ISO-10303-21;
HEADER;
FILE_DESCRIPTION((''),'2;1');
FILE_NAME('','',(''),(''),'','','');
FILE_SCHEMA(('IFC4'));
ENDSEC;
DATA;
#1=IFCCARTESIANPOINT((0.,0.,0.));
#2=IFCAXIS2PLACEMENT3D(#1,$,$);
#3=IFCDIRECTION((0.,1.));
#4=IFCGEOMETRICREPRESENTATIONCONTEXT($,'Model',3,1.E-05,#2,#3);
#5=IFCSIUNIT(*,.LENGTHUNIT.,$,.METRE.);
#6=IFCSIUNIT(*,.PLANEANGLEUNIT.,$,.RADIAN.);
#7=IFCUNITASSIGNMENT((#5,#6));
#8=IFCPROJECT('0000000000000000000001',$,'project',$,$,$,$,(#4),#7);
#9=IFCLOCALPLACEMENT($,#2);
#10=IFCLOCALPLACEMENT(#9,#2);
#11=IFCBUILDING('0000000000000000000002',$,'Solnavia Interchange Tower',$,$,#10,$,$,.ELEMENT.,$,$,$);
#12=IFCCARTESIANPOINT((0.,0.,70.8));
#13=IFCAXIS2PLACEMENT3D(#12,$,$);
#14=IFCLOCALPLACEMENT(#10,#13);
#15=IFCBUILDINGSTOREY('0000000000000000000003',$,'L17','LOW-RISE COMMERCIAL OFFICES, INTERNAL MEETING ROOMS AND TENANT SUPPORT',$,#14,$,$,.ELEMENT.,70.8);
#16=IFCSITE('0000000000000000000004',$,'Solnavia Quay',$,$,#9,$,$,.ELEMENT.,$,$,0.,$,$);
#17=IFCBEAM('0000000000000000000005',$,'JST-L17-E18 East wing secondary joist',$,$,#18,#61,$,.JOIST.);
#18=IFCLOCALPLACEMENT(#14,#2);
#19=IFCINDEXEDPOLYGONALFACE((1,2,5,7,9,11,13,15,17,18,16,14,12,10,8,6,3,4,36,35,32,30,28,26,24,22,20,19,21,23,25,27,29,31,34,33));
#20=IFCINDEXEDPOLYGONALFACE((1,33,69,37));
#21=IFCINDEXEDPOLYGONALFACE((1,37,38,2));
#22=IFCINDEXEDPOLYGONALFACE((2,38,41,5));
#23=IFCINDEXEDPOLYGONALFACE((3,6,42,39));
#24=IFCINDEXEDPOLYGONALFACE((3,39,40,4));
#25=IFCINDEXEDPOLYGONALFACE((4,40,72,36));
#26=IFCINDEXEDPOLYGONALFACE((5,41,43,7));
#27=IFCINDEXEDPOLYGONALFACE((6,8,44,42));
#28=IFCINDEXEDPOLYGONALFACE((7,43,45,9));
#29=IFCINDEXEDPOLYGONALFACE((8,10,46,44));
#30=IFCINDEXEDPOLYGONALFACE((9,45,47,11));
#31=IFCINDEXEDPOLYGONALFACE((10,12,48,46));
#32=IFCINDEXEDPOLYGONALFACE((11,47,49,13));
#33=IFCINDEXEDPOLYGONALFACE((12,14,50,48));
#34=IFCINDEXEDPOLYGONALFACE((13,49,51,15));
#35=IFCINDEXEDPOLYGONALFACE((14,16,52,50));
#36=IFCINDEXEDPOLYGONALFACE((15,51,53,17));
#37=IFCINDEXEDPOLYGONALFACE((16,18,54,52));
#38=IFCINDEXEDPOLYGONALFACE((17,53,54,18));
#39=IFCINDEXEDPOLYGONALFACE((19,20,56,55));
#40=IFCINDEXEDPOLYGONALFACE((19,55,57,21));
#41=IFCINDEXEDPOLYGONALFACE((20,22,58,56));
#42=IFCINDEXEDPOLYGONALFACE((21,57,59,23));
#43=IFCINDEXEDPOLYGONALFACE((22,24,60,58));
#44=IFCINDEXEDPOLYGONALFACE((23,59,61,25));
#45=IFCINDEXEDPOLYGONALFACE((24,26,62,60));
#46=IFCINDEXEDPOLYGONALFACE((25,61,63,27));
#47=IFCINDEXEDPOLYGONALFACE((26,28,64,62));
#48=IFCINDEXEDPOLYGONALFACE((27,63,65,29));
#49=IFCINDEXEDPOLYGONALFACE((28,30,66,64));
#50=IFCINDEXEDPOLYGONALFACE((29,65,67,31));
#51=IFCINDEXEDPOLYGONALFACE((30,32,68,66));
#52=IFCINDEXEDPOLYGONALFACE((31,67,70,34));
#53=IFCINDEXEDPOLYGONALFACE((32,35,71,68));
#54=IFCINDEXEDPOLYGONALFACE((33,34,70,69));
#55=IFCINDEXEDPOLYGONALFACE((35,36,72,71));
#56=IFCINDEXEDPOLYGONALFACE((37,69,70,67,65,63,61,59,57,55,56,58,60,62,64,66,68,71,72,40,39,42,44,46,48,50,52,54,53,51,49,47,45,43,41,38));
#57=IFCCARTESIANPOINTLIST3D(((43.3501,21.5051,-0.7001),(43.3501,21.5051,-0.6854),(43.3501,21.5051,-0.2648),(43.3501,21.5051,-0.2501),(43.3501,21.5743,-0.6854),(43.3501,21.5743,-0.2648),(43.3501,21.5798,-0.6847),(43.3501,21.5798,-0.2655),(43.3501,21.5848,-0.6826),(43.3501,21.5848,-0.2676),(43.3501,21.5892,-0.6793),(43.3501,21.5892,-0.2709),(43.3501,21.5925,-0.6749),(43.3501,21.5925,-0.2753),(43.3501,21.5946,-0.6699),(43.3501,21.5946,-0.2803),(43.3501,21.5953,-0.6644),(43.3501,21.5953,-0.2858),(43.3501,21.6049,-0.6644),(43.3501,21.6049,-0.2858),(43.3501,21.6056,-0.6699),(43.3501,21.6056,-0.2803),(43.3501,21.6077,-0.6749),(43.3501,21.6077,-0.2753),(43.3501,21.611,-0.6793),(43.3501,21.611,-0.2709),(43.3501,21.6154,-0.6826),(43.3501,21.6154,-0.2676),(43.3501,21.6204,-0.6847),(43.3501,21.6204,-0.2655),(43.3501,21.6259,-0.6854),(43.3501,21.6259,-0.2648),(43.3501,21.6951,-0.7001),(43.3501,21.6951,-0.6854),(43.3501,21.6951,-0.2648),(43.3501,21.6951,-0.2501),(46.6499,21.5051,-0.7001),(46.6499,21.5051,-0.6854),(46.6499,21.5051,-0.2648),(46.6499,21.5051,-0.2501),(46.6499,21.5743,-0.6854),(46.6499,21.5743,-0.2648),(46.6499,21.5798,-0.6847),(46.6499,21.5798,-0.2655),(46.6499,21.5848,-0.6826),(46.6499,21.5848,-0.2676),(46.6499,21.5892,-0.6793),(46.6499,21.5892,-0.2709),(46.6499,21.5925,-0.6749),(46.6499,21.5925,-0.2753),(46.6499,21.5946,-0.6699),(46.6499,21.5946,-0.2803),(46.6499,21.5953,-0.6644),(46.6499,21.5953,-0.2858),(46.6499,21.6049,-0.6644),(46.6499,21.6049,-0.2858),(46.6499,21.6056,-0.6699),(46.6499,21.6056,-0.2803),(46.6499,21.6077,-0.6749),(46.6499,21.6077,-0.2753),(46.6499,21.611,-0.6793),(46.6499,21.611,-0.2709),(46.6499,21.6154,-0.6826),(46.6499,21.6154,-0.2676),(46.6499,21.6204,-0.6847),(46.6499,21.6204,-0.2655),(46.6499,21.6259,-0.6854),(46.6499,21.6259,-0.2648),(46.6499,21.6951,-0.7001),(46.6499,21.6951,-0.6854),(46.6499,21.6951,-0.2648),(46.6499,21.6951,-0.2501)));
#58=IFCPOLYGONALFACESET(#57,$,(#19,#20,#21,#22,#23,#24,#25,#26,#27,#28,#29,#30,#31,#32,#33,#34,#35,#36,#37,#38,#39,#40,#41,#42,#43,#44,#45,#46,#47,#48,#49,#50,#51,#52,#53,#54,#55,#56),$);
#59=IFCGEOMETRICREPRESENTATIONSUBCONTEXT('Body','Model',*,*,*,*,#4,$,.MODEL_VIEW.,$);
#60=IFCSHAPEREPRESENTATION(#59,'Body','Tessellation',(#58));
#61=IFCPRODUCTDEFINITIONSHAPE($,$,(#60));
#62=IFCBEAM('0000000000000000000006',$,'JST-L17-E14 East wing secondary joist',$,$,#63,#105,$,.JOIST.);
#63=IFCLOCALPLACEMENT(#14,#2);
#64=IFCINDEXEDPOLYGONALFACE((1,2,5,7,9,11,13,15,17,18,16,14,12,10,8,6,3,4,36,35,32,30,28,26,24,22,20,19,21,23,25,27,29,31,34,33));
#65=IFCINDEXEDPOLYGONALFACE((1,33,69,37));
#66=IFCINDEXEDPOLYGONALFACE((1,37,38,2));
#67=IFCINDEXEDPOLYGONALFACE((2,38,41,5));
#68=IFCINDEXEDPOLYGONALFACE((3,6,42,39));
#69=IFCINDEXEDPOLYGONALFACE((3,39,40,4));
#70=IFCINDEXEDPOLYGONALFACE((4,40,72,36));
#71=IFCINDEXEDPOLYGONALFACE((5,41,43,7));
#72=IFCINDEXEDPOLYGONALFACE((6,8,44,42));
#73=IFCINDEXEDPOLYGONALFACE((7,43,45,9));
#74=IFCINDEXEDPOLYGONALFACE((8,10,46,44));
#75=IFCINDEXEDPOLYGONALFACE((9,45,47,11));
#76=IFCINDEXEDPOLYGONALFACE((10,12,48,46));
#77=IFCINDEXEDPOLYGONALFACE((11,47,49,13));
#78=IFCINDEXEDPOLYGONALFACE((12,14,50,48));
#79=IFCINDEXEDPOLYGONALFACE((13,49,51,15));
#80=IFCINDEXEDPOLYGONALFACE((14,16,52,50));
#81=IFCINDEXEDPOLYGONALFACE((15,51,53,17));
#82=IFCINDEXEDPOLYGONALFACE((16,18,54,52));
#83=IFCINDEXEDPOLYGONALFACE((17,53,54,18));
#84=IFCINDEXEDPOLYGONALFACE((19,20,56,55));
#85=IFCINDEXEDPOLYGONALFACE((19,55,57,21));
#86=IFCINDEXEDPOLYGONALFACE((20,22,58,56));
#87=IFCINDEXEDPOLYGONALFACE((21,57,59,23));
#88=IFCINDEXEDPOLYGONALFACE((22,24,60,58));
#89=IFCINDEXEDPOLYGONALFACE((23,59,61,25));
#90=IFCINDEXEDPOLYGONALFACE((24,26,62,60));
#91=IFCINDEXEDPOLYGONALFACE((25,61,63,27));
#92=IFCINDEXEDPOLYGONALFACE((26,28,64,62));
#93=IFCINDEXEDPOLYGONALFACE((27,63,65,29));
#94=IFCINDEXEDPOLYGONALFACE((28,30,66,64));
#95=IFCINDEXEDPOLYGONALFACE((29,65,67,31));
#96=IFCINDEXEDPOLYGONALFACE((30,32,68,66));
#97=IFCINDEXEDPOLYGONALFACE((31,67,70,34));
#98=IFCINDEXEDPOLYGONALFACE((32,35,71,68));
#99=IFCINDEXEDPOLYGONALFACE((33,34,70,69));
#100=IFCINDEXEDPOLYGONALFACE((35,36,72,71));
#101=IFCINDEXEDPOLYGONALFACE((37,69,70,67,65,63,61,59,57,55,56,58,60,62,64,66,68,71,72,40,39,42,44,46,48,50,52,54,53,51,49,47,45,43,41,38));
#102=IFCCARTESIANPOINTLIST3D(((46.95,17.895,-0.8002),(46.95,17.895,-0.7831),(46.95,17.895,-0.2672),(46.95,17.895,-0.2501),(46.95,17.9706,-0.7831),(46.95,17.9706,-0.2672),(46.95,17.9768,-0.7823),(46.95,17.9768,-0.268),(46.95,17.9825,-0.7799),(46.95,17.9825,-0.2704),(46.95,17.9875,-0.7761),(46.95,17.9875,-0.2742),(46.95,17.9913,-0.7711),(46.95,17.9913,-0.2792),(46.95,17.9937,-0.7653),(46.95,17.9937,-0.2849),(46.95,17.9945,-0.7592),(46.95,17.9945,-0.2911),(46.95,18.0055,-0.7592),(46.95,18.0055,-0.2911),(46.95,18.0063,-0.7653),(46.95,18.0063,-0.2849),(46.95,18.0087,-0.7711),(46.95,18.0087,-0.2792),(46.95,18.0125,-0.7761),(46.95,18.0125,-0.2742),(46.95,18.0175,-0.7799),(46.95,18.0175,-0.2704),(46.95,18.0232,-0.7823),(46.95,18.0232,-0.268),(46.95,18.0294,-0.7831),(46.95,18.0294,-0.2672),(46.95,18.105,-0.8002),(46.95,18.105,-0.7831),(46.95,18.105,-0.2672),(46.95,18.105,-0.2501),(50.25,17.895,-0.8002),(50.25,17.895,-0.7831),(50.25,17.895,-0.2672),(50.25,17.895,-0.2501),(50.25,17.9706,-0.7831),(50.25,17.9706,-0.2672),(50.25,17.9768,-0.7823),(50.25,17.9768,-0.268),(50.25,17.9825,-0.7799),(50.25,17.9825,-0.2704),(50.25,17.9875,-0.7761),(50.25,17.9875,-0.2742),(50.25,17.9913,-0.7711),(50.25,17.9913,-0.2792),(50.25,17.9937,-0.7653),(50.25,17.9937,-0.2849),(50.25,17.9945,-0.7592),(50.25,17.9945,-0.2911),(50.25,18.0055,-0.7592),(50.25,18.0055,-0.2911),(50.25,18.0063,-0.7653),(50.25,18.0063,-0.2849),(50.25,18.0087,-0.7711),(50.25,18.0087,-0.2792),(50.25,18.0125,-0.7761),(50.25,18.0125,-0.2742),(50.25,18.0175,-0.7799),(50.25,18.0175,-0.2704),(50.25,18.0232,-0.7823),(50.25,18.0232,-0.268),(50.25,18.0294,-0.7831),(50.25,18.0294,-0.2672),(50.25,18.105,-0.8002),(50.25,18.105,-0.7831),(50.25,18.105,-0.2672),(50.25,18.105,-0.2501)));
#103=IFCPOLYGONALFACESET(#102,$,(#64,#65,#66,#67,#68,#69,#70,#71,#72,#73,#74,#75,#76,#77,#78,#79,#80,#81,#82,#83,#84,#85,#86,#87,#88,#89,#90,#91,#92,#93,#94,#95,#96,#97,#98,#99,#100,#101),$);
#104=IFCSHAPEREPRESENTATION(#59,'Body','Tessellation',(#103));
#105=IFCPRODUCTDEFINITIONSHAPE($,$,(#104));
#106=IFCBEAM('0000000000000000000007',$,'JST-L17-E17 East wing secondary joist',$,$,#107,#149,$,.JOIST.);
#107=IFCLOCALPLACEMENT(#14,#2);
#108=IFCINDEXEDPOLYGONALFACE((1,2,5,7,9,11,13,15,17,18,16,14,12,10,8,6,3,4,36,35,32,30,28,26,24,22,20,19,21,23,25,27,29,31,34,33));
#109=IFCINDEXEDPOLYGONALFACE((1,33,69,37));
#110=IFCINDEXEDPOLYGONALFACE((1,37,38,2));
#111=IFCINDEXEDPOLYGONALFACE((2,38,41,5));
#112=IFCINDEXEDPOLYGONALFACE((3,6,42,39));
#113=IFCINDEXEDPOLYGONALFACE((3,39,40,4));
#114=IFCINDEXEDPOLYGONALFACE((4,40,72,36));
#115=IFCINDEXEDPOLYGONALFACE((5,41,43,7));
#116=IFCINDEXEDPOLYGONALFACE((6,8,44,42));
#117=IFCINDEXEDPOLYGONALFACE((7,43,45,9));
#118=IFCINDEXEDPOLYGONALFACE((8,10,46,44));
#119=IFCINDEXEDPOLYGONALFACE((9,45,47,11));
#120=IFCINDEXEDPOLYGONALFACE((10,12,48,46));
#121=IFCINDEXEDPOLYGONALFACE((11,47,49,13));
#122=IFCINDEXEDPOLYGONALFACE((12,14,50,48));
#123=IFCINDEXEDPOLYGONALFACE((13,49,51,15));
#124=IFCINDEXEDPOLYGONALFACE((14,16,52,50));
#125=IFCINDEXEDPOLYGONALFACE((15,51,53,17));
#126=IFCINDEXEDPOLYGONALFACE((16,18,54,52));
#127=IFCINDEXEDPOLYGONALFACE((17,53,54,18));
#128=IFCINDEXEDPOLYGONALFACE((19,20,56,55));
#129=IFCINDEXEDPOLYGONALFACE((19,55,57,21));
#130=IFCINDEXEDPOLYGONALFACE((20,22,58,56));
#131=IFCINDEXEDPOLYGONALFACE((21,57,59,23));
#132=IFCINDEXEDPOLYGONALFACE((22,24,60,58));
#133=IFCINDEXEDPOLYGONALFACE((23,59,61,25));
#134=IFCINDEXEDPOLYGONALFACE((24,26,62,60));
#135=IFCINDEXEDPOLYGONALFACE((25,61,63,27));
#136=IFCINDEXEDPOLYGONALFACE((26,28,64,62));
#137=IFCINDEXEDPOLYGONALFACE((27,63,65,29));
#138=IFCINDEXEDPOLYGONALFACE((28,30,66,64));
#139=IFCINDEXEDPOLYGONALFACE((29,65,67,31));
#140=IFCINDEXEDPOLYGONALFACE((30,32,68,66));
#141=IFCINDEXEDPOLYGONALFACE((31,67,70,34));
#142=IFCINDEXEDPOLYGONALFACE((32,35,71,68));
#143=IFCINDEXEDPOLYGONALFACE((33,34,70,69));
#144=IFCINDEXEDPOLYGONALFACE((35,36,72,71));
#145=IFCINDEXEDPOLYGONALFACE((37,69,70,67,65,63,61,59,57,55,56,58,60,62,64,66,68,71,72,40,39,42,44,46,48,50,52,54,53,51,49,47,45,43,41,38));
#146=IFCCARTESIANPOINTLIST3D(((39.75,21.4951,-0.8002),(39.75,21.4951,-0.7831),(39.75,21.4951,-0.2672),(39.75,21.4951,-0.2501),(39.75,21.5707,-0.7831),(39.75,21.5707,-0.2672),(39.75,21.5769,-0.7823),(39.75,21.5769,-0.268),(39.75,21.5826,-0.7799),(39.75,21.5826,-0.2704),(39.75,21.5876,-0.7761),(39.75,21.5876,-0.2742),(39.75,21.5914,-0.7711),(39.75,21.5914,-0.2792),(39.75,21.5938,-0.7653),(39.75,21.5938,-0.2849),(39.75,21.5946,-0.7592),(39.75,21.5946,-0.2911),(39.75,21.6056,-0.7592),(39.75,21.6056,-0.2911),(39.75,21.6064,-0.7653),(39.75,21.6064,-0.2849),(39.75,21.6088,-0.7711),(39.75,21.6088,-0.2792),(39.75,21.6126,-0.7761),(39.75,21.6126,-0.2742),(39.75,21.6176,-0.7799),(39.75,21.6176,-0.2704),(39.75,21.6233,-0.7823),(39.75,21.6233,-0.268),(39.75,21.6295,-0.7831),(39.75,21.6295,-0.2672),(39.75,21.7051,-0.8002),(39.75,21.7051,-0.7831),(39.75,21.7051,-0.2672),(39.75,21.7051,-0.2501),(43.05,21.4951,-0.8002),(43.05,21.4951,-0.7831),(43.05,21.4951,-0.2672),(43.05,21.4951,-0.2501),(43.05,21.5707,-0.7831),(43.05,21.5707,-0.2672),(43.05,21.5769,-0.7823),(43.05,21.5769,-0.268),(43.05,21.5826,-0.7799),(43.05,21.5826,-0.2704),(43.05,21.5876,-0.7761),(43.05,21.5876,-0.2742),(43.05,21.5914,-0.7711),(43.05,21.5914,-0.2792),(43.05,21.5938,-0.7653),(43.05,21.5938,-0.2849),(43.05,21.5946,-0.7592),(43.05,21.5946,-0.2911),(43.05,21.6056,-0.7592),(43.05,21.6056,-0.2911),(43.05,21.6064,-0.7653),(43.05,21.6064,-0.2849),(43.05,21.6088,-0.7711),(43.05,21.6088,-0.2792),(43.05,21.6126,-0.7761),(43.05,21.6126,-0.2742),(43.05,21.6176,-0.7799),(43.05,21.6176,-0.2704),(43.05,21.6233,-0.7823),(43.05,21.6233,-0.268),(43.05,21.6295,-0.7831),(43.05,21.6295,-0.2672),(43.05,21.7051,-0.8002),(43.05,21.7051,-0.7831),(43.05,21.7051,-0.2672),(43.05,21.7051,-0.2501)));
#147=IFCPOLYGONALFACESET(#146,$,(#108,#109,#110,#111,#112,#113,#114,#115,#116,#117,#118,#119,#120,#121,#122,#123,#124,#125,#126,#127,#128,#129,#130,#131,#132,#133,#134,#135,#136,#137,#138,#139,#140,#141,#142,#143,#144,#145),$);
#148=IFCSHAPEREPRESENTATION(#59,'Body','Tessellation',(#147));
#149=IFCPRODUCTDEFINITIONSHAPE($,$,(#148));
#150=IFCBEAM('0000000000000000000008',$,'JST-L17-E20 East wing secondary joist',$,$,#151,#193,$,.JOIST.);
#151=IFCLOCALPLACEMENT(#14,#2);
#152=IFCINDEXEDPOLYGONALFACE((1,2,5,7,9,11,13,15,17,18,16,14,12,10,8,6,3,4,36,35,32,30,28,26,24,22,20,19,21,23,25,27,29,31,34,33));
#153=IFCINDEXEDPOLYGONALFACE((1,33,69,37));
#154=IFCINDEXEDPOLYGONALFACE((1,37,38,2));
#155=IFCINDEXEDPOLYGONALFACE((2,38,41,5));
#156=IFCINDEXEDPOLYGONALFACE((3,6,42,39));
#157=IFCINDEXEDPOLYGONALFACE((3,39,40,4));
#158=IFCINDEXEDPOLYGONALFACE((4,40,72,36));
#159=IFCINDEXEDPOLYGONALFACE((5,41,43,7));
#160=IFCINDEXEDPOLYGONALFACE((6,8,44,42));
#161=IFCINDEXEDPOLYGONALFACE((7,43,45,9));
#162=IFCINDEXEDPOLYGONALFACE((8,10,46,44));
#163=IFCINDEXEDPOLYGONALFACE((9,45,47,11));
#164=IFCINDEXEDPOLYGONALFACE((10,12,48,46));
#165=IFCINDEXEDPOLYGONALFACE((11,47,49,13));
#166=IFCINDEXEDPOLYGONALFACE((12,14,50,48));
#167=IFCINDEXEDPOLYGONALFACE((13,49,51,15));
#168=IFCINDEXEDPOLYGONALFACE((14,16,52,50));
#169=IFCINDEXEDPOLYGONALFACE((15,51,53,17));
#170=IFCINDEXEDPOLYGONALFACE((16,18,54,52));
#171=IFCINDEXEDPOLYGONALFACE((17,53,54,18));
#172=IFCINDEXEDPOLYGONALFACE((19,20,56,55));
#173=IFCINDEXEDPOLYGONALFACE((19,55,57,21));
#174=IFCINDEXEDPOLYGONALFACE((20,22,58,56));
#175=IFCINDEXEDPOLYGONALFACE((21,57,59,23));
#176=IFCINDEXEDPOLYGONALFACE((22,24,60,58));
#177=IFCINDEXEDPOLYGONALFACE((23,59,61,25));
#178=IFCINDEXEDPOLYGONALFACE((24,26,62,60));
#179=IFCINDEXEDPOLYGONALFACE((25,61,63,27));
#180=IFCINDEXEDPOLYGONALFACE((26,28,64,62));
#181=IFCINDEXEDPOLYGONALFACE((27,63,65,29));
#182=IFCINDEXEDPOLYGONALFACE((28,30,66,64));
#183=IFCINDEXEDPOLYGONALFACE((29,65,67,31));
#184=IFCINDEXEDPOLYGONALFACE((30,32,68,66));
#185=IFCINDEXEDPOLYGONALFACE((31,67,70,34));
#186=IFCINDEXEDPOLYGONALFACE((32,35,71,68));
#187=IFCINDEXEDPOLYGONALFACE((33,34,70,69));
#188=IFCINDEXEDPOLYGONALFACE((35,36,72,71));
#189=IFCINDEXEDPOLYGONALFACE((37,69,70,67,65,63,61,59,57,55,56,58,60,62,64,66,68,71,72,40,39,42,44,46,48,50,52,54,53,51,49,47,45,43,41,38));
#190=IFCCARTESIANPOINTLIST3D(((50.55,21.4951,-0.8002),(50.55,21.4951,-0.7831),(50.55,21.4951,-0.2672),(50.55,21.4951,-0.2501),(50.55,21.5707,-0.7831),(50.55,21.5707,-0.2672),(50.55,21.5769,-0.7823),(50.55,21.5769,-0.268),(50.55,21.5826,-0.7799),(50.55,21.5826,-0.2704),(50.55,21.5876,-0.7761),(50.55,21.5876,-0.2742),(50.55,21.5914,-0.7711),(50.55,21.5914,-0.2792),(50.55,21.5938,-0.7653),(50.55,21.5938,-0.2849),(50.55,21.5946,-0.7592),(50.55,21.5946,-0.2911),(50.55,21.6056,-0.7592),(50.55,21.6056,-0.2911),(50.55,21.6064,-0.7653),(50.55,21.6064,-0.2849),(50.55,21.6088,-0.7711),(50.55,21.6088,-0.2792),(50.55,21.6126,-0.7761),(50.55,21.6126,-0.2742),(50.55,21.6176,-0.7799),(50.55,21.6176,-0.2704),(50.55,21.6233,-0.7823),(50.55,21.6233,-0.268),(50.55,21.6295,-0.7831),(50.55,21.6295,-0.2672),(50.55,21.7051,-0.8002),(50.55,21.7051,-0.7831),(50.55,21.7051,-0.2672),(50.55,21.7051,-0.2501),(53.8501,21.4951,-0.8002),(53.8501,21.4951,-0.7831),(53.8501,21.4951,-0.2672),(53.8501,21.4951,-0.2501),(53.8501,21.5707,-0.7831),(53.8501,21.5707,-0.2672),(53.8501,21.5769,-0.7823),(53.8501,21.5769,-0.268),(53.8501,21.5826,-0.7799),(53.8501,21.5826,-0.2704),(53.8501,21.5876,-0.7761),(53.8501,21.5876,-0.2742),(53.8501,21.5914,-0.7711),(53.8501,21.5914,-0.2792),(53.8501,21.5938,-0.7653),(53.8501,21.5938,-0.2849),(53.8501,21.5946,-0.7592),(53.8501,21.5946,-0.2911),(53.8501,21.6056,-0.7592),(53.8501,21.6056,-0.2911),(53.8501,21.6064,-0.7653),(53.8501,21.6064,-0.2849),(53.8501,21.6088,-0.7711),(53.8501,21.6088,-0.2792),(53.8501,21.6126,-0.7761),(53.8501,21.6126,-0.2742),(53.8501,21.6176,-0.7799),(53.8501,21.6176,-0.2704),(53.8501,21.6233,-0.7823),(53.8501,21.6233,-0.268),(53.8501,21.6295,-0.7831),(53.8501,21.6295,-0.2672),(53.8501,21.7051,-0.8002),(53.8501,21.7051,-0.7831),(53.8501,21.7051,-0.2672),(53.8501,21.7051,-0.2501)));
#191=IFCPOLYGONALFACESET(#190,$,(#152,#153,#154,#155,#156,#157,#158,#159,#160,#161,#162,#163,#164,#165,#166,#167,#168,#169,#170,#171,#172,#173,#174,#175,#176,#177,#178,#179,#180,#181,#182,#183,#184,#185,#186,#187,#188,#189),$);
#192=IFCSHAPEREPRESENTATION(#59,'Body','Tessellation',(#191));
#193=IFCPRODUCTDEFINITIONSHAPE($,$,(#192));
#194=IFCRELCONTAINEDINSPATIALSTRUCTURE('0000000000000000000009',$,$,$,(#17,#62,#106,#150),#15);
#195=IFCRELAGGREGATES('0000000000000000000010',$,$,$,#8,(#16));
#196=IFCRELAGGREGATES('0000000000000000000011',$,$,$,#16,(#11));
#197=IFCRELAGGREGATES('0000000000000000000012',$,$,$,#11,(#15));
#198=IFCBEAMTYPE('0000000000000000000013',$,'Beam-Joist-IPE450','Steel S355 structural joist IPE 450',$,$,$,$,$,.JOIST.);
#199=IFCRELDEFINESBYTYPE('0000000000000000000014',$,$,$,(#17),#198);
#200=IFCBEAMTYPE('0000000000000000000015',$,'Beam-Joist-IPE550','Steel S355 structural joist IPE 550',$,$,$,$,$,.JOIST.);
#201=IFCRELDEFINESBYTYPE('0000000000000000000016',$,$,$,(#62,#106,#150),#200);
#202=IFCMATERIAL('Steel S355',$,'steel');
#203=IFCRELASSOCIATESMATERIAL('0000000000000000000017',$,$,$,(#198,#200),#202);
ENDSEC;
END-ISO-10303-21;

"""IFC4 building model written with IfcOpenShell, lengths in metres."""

from ifc_helpers import new_model, si_unit, direction, frame, origin, origin_2d, place, context, subcontext, project, spatial, i_section, extrude, material, material_profile, profile_set, type_object, element, save


model = new_model("IFC4")

# Units and contexts
model_context = context("Model", 3, precision=1e-05, world=origin(), true_north=direction((0.0, 1.0)))
body_context = subcontext(model_context, "Body", "Model", "MODEL_VIEW")
ifc_project = project(units=[si_unit("LENGTHUNIT", "METRE"), si_unit("PLANEANGLEUNIT", "RADIAN")], contexts=[model_context])

# Site, building, storey
site_placement = place(None, origin())
site = spatial("IfcSite", under=ifc_project, at=site_placement, Name="Solnavia Quay", CompositionType="ELEMENT", RefElevation=0.0)
building_placement = place(site_placement, origin())
building = spatial("IfcBuilding", under=site, at=building_placement, Name="Solnavia Interchange Tower", CompositionType="ELEMENT")
storey_placement = place(building_placement, frame((0.0, 0.0, 70.8)))
storey = spatial("IfcBuildingStorey", under=building, at=storey_placement, Name="L17", Description="LOW-RISE COMMERCIAL OFFICES, INTERNAL MEETING ROOMS AND TENANT SUPPORT", CompositionType="ELEMENT", Elevation=70.8)

# Shared definitions
ifc_material_1 = material(Name="Steel S355", Category="steel")

# Beams
ifc_material_profile_1 = material_profile(ifc_material_1, i_section(OverallWidth=0.1899, OverallDepth=0.45, WebThickness=0.0095, FlangeThickness=0.0146, FilletRadius=0.021, at=origin_2d()), Name="IPE 450")
ifc_profile_set_1 = profile_set([ifc_material_profile_1], Name="Steel S355")
beam_type_1 = type_object("IfcBeamType", Name="Beam-Joist-IPE450", Description="Steel S355 structural joist IPE 450", PredefinedType="JOIST", material=ifc_profile_set_1)
beam_1_placement = place(storey_placement, frame((43.3501, 21.6001, -0.4751), z_axis=(1.0, 0.0, 0.0), x_axis=(0.0, 1.0, 0.0)))
element("IfcBeam", 1, at=beam_1_placement, inside=storey, type_object=beam_type_1, Name="JST-L17-E18 East wing secondary joist", PredefinedType="JOIST", context=body_context, shape_type="SweptSolid", body=[
    extrude(i_section(OverallWidth=0.1899, OverallDepth=0.45, WebThickness=0.0095, FlangeThickness=0.0146, FilletRadius=0.021, at=origin_2d()), origin(), (0.0, 0.0, 1.0), 3.2998),
])
ifc_material_profile_2 = material_profile(ifc_material_1, i_section(OverallWidth=0.21, OverallDepth=0.55, WebThickness=0.011, FlangeThickness=0.0171, FilletRadius=0.0239, at=origin_2d()), Name="IPE 550")
ifc_profile_set_2 = profile_set([ifc_material_profile_2], Name="Steel S355")
beam_type_2 = type_object("IfcBeamType", Name="Beam-Joist-IPE550", Description="Steel S355 structural joist IPE 550", PredefinedType="JOIST", material=ifc_profile_set_2)
for number, where, z_axis, x_axis, name in (
    (2, (46.95, 18.0, -0.5251), (1.0, 0.0, 0.0), (0.0, 1.0, 0.0), "JST-L17-E14 East wing secondary joist"),
    (3, (39.75, 21.6001, -0.5251), (1.0, 0.0, 0.0), (0.0, 1.0, 0.0), "JST-L17-E17 East wing secondary joist"),
    (4, (50.55, 21.6001, -0.5251), (1.0, 0.0, 0.0), (0.0, 1.0, 0.0), "JST-L17-E20 East wing secondary joist"),
):
    element("IfcBeam", number, at=place(storey_placement, frame(where, z_axis=z_axis, x_axis=x_axis)), inside=storey, type_object=beam_type_2, Name=name, PredefinedType="JOIST", context=body_context, shape_type="SweptSolid", body=[
        extrude(i_section(OverallWidth=0.21, OverallDepth=0.55, WebThickness=0.011, FlangeThickness=0.0171, FilletRadius=0.0239, at=origin_2d()), origin(), (0.0, 0.0, 1.0), 3.3),
    ])

save(model, "model.ifc")
